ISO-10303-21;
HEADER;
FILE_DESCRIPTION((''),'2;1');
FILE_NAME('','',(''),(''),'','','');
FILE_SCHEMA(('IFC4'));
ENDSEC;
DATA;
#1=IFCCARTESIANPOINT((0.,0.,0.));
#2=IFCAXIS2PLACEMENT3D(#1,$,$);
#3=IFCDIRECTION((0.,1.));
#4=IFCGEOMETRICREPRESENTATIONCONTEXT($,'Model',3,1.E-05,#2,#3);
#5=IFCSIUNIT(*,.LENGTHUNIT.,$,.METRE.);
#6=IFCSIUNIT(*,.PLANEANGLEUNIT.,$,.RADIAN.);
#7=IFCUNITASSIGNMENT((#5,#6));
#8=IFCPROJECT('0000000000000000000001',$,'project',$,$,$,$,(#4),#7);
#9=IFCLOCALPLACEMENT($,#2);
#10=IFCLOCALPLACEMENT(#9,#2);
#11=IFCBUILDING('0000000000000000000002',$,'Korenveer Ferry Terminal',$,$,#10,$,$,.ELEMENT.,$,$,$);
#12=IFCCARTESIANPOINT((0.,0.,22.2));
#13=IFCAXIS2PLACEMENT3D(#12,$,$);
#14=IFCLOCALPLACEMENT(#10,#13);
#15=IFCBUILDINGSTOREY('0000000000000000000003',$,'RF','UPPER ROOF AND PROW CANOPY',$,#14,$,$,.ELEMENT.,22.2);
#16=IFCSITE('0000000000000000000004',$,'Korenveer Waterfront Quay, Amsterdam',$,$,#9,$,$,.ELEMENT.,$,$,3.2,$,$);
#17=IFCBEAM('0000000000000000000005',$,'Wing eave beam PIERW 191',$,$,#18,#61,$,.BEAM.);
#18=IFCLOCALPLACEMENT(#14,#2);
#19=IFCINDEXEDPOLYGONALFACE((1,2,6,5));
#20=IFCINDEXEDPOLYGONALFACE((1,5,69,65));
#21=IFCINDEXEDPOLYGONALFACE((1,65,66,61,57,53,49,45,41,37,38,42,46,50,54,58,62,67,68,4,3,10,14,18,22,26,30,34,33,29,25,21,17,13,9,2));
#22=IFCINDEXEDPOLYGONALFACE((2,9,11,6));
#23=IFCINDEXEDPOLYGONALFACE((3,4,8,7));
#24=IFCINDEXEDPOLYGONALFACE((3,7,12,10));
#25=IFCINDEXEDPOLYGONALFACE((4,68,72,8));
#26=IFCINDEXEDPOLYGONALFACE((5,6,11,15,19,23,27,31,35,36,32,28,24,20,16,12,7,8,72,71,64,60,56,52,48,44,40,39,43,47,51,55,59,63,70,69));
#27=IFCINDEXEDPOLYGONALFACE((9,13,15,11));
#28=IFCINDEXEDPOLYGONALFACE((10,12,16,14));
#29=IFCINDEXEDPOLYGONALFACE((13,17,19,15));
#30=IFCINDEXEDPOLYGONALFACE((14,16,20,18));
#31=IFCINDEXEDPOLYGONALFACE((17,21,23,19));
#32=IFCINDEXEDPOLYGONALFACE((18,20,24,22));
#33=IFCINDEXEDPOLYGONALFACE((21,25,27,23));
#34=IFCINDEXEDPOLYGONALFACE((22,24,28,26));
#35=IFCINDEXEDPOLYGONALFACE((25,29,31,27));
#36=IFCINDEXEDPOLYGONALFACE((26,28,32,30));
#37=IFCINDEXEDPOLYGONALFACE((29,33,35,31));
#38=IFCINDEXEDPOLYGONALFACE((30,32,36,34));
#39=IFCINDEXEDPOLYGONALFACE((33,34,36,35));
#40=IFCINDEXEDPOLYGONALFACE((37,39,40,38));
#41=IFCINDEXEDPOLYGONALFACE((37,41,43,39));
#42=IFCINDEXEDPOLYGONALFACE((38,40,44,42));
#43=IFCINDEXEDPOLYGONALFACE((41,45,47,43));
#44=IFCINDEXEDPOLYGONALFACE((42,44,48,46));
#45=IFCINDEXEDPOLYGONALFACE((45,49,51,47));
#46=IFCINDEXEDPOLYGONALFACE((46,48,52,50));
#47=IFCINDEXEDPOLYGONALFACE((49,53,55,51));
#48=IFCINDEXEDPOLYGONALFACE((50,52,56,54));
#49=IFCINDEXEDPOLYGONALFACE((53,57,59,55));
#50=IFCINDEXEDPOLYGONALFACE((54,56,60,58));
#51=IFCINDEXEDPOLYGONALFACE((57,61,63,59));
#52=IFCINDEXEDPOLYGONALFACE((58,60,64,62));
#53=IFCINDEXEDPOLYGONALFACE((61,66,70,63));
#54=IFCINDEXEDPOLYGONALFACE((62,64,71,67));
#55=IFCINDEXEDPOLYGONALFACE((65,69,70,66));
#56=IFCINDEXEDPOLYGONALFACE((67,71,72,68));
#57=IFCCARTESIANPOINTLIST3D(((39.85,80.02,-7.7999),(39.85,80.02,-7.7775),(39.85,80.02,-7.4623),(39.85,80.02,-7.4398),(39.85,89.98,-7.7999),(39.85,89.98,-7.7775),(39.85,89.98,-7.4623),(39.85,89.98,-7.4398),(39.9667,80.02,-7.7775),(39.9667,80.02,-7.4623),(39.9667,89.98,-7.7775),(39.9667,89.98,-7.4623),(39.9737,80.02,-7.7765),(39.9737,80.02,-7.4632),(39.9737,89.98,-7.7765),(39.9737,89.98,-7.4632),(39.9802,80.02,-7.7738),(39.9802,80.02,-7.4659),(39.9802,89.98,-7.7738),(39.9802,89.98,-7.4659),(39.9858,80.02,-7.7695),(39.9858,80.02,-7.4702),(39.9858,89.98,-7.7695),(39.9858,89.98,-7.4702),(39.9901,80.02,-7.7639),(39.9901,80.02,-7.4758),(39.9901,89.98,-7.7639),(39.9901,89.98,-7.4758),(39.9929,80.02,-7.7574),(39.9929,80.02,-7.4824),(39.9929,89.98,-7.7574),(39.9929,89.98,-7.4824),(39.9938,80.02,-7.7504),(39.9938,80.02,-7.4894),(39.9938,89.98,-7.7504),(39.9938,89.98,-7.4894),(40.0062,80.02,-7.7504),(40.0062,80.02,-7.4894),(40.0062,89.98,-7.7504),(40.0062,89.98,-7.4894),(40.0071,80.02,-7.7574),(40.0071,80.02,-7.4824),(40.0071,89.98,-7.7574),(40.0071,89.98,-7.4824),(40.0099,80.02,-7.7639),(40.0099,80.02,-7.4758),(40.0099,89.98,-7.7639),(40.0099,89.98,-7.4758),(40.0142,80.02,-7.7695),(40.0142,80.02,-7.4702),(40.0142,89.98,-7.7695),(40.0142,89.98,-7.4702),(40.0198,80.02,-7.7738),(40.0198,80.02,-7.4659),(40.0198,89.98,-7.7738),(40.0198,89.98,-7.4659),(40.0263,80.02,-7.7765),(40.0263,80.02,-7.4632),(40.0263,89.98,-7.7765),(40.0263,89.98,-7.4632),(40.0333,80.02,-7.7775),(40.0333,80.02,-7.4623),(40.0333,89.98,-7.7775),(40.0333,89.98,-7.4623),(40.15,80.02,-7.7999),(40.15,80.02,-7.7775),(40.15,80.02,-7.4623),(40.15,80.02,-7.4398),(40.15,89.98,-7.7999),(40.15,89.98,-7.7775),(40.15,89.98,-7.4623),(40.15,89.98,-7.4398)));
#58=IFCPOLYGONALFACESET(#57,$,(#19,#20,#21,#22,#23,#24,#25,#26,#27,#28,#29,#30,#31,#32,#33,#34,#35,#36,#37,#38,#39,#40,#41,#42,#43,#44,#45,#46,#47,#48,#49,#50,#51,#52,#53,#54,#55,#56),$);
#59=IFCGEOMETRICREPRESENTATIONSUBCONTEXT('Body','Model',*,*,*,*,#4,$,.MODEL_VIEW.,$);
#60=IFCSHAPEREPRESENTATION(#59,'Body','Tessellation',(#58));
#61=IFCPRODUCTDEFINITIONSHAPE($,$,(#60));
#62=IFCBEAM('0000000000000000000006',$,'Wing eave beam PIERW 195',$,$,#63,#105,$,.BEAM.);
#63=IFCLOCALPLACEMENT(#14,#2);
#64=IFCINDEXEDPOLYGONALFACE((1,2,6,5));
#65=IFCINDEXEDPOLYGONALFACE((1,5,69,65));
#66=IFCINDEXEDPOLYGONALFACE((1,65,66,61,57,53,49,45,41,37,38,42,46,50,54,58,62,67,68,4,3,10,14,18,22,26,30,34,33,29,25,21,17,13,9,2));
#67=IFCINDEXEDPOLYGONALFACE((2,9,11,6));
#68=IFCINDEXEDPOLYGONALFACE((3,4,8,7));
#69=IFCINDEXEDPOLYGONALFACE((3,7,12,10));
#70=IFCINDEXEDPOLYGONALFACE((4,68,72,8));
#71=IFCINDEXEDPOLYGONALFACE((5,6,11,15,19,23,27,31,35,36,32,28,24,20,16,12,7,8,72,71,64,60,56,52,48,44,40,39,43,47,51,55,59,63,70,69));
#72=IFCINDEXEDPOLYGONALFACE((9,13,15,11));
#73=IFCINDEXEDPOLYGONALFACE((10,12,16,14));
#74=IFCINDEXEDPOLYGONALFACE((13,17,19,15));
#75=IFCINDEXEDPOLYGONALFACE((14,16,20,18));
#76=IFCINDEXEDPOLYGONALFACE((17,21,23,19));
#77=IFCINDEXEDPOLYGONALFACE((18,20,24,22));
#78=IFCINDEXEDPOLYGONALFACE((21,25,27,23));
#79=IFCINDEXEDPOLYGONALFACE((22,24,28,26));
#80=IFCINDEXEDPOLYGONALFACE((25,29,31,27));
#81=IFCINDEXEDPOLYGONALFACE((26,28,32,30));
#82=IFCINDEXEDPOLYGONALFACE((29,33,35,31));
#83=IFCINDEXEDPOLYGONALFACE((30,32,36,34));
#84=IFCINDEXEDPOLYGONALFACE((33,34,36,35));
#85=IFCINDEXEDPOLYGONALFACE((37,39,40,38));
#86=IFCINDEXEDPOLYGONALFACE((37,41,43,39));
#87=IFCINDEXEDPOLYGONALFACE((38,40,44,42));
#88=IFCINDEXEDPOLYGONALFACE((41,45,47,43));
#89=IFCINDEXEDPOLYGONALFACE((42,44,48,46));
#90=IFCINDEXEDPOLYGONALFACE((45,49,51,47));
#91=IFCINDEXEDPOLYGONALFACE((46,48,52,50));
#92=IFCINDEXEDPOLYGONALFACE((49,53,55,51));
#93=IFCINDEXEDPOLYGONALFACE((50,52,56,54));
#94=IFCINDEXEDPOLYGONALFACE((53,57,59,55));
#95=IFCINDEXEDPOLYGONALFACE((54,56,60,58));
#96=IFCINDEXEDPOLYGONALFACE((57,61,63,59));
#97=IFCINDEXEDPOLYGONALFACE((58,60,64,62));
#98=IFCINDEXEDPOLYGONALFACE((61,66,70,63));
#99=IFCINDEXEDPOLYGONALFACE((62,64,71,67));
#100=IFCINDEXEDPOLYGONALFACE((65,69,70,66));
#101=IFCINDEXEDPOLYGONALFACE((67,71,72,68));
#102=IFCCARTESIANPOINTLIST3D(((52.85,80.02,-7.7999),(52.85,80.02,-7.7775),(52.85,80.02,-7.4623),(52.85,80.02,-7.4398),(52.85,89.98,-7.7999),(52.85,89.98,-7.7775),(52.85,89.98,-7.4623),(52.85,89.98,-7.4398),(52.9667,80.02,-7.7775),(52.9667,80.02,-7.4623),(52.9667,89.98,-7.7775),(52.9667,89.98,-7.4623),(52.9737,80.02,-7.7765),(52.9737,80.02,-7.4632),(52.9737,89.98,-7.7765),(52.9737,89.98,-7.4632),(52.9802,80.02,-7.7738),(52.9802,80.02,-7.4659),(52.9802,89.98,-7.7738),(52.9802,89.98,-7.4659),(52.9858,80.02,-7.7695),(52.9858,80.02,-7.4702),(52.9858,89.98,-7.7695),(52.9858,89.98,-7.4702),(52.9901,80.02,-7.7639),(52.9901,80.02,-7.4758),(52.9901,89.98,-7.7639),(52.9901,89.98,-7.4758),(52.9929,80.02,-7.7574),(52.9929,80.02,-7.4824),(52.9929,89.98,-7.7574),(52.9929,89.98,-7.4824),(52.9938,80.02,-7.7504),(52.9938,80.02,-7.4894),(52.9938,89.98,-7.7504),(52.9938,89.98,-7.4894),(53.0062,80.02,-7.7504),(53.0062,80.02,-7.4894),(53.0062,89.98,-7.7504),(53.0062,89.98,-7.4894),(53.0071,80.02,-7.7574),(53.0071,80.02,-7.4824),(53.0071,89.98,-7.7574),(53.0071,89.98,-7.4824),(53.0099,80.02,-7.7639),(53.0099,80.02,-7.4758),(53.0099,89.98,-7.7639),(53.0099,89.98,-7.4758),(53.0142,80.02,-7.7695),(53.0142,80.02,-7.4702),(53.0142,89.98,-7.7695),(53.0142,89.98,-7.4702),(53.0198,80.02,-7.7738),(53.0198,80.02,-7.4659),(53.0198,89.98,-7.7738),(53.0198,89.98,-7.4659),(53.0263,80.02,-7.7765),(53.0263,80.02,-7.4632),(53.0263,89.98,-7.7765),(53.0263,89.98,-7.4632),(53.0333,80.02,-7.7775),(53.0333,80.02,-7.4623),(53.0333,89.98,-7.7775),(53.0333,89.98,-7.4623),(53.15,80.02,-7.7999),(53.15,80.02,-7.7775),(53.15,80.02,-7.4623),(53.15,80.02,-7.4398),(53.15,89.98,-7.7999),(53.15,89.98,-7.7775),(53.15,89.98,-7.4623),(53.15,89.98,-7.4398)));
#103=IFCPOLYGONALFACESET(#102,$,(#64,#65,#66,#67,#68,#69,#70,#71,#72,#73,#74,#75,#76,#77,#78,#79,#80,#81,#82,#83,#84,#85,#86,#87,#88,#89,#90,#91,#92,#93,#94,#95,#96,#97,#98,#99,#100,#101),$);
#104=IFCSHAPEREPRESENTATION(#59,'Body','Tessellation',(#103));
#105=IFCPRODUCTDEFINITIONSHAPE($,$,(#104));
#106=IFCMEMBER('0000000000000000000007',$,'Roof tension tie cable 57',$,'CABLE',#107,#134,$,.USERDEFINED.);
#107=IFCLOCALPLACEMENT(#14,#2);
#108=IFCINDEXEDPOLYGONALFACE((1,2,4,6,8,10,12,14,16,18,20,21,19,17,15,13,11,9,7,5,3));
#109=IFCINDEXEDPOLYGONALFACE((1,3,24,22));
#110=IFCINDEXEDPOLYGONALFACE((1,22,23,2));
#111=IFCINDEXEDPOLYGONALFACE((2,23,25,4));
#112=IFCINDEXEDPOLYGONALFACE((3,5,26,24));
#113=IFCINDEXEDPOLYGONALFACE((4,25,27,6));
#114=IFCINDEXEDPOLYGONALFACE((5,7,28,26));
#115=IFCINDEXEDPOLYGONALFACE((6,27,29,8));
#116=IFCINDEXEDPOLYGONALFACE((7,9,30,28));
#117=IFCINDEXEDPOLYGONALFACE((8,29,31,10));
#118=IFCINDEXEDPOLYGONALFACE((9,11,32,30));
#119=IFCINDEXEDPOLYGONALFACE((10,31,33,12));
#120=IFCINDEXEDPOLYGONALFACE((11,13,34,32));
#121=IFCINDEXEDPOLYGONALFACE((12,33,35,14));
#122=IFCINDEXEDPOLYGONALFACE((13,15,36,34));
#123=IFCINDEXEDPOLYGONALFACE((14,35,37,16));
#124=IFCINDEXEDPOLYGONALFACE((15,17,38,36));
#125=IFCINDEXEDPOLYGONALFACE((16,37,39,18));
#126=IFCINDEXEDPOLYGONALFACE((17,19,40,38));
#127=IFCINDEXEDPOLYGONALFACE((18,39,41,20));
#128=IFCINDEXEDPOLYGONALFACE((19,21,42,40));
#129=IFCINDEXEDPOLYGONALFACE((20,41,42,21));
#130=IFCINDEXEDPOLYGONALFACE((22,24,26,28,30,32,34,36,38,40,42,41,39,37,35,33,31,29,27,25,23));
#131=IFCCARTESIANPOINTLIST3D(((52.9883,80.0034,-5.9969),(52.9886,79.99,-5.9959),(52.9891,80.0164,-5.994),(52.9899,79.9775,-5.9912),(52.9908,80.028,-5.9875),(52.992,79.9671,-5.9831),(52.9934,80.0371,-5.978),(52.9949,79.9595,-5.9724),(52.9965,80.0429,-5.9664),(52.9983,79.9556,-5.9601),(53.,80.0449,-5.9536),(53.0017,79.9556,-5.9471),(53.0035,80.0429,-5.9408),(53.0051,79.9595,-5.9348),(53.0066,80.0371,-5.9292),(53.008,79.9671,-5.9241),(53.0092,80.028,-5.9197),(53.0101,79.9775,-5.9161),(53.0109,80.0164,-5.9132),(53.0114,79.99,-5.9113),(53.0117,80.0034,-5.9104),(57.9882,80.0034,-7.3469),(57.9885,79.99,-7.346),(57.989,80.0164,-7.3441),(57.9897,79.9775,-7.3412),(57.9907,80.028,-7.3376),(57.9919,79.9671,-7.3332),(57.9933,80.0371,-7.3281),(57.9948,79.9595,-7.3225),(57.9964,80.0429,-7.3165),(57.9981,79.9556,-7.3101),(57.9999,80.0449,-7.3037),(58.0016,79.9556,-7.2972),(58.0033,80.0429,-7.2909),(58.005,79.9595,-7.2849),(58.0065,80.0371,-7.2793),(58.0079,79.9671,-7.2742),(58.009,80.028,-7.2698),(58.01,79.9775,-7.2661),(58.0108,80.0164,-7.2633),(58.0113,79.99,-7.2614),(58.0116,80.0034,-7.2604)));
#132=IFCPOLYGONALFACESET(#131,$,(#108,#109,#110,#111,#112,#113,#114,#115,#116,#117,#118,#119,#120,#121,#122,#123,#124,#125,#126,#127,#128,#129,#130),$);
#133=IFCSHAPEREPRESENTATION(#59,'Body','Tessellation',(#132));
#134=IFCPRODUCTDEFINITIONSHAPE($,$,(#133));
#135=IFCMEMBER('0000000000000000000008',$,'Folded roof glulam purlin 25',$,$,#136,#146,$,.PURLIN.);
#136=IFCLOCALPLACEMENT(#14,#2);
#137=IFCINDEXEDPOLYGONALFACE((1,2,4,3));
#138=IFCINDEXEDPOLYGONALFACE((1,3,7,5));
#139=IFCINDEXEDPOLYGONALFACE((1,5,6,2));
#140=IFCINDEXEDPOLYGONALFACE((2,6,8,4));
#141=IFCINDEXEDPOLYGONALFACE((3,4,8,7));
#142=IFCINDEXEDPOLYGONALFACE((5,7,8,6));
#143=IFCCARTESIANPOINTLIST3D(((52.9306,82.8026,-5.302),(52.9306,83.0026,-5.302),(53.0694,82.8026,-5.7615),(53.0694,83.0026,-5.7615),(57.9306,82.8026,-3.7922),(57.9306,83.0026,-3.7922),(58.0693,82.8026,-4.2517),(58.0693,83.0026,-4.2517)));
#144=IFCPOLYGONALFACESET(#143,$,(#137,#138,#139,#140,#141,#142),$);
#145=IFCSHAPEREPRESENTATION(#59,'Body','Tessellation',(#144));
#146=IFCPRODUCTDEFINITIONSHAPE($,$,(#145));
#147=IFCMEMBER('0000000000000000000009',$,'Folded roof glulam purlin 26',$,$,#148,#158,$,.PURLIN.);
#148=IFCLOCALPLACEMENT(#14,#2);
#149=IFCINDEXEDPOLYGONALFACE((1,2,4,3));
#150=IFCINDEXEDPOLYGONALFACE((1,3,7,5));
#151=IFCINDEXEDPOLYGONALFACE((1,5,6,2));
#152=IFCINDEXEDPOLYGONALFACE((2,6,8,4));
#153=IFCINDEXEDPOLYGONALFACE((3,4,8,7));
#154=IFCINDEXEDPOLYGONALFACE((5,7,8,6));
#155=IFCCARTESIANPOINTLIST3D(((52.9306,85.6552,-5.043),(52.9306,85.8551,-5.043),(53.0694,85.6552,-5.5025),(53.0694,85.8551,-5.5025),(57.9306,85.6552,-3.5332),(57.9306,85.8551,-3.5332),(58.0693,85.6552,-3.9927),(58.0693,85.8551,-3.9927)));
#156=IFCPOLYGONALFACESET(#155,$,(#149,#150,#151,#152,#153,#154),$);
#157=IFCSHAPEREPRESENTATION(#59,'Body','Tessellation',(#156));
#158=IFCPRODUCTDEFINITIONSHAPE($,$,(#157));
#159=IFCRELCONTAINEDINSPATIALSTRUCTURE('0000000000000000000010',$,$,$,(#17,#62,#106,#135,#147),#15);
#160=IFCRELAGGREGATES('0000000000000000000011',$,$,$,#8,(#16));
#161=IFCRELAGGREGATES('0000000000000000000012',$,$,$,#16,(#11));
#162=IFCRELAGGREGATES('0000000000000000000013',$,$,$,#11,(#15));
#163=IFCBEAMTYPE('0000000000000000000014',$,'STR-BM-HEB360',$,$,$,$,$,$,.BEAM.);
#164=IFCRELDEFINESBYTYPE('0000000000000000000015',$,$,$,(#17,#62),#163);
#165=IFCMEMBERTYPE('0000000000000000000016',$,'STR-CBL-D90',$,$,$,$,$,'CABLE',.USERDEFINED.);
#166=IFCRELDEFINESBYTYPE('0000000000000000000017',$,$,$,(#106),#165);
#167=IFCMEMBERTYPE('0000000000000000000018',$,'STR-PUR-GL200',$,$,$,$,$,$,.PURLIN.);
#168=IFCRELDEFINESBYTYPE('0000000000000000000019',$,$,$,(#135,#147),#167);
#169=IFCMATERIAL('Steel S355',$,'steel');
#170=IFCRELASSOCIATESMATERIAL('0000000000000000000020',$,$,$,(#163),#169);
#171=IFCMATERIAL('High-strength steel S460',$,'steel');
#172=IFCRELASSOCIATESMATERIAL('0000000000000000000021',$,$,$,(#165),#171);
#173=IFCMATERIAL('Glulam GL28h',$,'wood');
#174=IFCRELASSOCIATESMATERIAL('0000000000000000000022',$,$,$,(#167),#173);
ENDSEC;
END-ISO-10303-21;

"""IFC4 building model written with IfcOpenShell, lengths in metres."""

from ifc_helpers import new_model, si_unit, direction, frame, origin, origin_2d, place, context, subcontext, project, spatial, rectangle, circle, i_section, extrude, material, material_profile, profile_set, type_object, element, save


model = new_model("IFC4")

# Units and contexts
model_context = context("Model", 3, precision=1e-05, world=origin(), true_north=direction((0.0, 1.0)))
body_context = subcontext(model_context, "Body", "Model", "MODEL_VIEW")
ifc_project = project(units=[si_unit("LENGTHUNIT", "METRE"), si_unit("PLANEANGLEUNIT", "RADIAN")], contexts=[model_context])

# Site, building, storey
site_placement = place(None, origin())
site = spatial("IfcSite", under=ifc_project, at=site_placement, Name="Korenveer Waterfront Quay, Amsterdam", CompositionType="ELEMENT", RefElevation=3.2)
building_placement = place(site_placement, origin())
building = spatial("IfcBuilding", under=site, at=building_placement, Name="Korenveer Ferry Terminal", CompositionType="ELEMENT")
storey_placement = place(building_placement, frame((0.0, 0.0, 22.2)))
storey = spatial("IfcBuildingStorey", under=building, at=storey_placement, Name="RF", Description="UPPER ROOF AND PROW CANOPY", CompositionType="ELEMENT", Elevation=22.2)

# Beams
ifc_material_1 = material(Name="Steel S355", Category="steel")
ifc_material_profile_1 = material_profile(ifc_material_1, i_section(OverallWidth=0.3, OverallDepth=0.3601, WebThickness=0.0125, FlangeThickness=0.0225, FilletRadius=0.0271, at=origin_2d()), Name="HEB 360")
ifc_profile_set_1 = profile_set([ifc_material_profile_1], Name="Steel S355")
beam_type_1 = type_object("IfcBeamType", Name="STR-BM-HEB360", PredefinedType="BEAM", material=ifc_profile_set_1)
for number, where, z_axis, x_axis, name in (
    (1, (40.0, 80.02, -7.6199), (0.0, 1.0, 0.0), (-1.0, 0.0, 0.0), "Wing eave beam PIERW 191"),
    (2, (53.0, 80.02, -7.6199), (0.0, 1.0, 0.0), (-1.0, 0.0, 0.0), "Wing eave beam PIERW 195"),
):
    element("IfcBeam", number, at=place(storey_placement, frame(where, z_axis=z_axis, x_axis=x_axis)), inside=storey, type_object=beam_type_1, Name=name, PredefinedType="BEAM", context=body_context, shape_type="SweptSolid", body=[
        extrude(i_section(OverallWidth=0.3, OverallDepth=0.3601, WebThickness=0.0125, FlangeThickness=0.0225, FilletRadius=0.0271, at=origin_2d()), origin(), (0.0, 0.0, 1.0), 9.96),
    ])

# Members
ifc_material_2 = material(Name="High-strength steel S460", Category="steel")
ifc_material_profile_2 = material_profile(ifc_material_2, circle(Radius=0.0449, at=origin_2d()), Name="ROD D90")
ifc_profile_set_2 = profile_set([ifc_material_profile_2], Name="High-strength steel S460")
member_type_1 = type_object("IfcMemberType", Name="STR-CBL-D90", ElementType="CABLE", PredefinedType="USERDEFINED", material=ifc_profile_set_2)
member_placement = place(storey_placement, frame((53.0, 80.0, -5.9536), z_axis=(0.965424, 0.0, -0.260683), x_axis=(0.0, 1.0, 0.0)))
element("IfcMember", 3, at=member_placement, inside=storey, type_object=member_type_1, Name="Roof tension tie cable 57", ObjectType="CABLE", PredefinedType="USERDEFINED", context=body_context, shape_type="SweptSolid", body=[
    extrude(circle(Radius=0.0449, at=origin_2d()), origin(), (0.0, 0.0, 1.0), 5.179),
])
ifc_material_3 = material(Name="Glulam GL28h", Category="wood")
ifc_material_profile_3 = material_profile(ifc_material_3, rectangle(XDim=0.2, YDim=0.48, at=origin_2d()), Name="GL 200x480")
ifc_profile_set_3 = profile_set([ifc_material_profile_3], Name="Glulam GL28h")
member_type_2 = type_object("IfcMemberType", Name="STR-PUR-GL200", PredefinedType="PURLIN", material=ifc_profile_set_3)
for number, where, z_axis, x_axis, name in (
    (4, (53.0, 82.9026, -5.5317), (0.95731, 0.0, 0.289063), (0.0, 1.0, 0.0), "Folded roof glulam purlin 25"),
    (5, (53.0, 85.7551, -5.2727), (0.95731, 0.0, 0.289063), (0.0, 1.0, 0.0), "Folded roof glulam purlin 26"),
):
    element("IfcMember", number, at=place(storey_placement, frame(where, z_axis=z_axis, x_axis=x_axis)), inside=storey, type_object=member_type_2, Name=name, PredefinedType="PURLIN", context=body_context, shape_type="SweptSolid", body=[
        extrude(rectangle(XDim=0.2, YDim=0.48, at=origin_2d()), origin(), (0.0, 0.0, 1.0), 5.2229),
    ])

save(model, "model.ifc")
